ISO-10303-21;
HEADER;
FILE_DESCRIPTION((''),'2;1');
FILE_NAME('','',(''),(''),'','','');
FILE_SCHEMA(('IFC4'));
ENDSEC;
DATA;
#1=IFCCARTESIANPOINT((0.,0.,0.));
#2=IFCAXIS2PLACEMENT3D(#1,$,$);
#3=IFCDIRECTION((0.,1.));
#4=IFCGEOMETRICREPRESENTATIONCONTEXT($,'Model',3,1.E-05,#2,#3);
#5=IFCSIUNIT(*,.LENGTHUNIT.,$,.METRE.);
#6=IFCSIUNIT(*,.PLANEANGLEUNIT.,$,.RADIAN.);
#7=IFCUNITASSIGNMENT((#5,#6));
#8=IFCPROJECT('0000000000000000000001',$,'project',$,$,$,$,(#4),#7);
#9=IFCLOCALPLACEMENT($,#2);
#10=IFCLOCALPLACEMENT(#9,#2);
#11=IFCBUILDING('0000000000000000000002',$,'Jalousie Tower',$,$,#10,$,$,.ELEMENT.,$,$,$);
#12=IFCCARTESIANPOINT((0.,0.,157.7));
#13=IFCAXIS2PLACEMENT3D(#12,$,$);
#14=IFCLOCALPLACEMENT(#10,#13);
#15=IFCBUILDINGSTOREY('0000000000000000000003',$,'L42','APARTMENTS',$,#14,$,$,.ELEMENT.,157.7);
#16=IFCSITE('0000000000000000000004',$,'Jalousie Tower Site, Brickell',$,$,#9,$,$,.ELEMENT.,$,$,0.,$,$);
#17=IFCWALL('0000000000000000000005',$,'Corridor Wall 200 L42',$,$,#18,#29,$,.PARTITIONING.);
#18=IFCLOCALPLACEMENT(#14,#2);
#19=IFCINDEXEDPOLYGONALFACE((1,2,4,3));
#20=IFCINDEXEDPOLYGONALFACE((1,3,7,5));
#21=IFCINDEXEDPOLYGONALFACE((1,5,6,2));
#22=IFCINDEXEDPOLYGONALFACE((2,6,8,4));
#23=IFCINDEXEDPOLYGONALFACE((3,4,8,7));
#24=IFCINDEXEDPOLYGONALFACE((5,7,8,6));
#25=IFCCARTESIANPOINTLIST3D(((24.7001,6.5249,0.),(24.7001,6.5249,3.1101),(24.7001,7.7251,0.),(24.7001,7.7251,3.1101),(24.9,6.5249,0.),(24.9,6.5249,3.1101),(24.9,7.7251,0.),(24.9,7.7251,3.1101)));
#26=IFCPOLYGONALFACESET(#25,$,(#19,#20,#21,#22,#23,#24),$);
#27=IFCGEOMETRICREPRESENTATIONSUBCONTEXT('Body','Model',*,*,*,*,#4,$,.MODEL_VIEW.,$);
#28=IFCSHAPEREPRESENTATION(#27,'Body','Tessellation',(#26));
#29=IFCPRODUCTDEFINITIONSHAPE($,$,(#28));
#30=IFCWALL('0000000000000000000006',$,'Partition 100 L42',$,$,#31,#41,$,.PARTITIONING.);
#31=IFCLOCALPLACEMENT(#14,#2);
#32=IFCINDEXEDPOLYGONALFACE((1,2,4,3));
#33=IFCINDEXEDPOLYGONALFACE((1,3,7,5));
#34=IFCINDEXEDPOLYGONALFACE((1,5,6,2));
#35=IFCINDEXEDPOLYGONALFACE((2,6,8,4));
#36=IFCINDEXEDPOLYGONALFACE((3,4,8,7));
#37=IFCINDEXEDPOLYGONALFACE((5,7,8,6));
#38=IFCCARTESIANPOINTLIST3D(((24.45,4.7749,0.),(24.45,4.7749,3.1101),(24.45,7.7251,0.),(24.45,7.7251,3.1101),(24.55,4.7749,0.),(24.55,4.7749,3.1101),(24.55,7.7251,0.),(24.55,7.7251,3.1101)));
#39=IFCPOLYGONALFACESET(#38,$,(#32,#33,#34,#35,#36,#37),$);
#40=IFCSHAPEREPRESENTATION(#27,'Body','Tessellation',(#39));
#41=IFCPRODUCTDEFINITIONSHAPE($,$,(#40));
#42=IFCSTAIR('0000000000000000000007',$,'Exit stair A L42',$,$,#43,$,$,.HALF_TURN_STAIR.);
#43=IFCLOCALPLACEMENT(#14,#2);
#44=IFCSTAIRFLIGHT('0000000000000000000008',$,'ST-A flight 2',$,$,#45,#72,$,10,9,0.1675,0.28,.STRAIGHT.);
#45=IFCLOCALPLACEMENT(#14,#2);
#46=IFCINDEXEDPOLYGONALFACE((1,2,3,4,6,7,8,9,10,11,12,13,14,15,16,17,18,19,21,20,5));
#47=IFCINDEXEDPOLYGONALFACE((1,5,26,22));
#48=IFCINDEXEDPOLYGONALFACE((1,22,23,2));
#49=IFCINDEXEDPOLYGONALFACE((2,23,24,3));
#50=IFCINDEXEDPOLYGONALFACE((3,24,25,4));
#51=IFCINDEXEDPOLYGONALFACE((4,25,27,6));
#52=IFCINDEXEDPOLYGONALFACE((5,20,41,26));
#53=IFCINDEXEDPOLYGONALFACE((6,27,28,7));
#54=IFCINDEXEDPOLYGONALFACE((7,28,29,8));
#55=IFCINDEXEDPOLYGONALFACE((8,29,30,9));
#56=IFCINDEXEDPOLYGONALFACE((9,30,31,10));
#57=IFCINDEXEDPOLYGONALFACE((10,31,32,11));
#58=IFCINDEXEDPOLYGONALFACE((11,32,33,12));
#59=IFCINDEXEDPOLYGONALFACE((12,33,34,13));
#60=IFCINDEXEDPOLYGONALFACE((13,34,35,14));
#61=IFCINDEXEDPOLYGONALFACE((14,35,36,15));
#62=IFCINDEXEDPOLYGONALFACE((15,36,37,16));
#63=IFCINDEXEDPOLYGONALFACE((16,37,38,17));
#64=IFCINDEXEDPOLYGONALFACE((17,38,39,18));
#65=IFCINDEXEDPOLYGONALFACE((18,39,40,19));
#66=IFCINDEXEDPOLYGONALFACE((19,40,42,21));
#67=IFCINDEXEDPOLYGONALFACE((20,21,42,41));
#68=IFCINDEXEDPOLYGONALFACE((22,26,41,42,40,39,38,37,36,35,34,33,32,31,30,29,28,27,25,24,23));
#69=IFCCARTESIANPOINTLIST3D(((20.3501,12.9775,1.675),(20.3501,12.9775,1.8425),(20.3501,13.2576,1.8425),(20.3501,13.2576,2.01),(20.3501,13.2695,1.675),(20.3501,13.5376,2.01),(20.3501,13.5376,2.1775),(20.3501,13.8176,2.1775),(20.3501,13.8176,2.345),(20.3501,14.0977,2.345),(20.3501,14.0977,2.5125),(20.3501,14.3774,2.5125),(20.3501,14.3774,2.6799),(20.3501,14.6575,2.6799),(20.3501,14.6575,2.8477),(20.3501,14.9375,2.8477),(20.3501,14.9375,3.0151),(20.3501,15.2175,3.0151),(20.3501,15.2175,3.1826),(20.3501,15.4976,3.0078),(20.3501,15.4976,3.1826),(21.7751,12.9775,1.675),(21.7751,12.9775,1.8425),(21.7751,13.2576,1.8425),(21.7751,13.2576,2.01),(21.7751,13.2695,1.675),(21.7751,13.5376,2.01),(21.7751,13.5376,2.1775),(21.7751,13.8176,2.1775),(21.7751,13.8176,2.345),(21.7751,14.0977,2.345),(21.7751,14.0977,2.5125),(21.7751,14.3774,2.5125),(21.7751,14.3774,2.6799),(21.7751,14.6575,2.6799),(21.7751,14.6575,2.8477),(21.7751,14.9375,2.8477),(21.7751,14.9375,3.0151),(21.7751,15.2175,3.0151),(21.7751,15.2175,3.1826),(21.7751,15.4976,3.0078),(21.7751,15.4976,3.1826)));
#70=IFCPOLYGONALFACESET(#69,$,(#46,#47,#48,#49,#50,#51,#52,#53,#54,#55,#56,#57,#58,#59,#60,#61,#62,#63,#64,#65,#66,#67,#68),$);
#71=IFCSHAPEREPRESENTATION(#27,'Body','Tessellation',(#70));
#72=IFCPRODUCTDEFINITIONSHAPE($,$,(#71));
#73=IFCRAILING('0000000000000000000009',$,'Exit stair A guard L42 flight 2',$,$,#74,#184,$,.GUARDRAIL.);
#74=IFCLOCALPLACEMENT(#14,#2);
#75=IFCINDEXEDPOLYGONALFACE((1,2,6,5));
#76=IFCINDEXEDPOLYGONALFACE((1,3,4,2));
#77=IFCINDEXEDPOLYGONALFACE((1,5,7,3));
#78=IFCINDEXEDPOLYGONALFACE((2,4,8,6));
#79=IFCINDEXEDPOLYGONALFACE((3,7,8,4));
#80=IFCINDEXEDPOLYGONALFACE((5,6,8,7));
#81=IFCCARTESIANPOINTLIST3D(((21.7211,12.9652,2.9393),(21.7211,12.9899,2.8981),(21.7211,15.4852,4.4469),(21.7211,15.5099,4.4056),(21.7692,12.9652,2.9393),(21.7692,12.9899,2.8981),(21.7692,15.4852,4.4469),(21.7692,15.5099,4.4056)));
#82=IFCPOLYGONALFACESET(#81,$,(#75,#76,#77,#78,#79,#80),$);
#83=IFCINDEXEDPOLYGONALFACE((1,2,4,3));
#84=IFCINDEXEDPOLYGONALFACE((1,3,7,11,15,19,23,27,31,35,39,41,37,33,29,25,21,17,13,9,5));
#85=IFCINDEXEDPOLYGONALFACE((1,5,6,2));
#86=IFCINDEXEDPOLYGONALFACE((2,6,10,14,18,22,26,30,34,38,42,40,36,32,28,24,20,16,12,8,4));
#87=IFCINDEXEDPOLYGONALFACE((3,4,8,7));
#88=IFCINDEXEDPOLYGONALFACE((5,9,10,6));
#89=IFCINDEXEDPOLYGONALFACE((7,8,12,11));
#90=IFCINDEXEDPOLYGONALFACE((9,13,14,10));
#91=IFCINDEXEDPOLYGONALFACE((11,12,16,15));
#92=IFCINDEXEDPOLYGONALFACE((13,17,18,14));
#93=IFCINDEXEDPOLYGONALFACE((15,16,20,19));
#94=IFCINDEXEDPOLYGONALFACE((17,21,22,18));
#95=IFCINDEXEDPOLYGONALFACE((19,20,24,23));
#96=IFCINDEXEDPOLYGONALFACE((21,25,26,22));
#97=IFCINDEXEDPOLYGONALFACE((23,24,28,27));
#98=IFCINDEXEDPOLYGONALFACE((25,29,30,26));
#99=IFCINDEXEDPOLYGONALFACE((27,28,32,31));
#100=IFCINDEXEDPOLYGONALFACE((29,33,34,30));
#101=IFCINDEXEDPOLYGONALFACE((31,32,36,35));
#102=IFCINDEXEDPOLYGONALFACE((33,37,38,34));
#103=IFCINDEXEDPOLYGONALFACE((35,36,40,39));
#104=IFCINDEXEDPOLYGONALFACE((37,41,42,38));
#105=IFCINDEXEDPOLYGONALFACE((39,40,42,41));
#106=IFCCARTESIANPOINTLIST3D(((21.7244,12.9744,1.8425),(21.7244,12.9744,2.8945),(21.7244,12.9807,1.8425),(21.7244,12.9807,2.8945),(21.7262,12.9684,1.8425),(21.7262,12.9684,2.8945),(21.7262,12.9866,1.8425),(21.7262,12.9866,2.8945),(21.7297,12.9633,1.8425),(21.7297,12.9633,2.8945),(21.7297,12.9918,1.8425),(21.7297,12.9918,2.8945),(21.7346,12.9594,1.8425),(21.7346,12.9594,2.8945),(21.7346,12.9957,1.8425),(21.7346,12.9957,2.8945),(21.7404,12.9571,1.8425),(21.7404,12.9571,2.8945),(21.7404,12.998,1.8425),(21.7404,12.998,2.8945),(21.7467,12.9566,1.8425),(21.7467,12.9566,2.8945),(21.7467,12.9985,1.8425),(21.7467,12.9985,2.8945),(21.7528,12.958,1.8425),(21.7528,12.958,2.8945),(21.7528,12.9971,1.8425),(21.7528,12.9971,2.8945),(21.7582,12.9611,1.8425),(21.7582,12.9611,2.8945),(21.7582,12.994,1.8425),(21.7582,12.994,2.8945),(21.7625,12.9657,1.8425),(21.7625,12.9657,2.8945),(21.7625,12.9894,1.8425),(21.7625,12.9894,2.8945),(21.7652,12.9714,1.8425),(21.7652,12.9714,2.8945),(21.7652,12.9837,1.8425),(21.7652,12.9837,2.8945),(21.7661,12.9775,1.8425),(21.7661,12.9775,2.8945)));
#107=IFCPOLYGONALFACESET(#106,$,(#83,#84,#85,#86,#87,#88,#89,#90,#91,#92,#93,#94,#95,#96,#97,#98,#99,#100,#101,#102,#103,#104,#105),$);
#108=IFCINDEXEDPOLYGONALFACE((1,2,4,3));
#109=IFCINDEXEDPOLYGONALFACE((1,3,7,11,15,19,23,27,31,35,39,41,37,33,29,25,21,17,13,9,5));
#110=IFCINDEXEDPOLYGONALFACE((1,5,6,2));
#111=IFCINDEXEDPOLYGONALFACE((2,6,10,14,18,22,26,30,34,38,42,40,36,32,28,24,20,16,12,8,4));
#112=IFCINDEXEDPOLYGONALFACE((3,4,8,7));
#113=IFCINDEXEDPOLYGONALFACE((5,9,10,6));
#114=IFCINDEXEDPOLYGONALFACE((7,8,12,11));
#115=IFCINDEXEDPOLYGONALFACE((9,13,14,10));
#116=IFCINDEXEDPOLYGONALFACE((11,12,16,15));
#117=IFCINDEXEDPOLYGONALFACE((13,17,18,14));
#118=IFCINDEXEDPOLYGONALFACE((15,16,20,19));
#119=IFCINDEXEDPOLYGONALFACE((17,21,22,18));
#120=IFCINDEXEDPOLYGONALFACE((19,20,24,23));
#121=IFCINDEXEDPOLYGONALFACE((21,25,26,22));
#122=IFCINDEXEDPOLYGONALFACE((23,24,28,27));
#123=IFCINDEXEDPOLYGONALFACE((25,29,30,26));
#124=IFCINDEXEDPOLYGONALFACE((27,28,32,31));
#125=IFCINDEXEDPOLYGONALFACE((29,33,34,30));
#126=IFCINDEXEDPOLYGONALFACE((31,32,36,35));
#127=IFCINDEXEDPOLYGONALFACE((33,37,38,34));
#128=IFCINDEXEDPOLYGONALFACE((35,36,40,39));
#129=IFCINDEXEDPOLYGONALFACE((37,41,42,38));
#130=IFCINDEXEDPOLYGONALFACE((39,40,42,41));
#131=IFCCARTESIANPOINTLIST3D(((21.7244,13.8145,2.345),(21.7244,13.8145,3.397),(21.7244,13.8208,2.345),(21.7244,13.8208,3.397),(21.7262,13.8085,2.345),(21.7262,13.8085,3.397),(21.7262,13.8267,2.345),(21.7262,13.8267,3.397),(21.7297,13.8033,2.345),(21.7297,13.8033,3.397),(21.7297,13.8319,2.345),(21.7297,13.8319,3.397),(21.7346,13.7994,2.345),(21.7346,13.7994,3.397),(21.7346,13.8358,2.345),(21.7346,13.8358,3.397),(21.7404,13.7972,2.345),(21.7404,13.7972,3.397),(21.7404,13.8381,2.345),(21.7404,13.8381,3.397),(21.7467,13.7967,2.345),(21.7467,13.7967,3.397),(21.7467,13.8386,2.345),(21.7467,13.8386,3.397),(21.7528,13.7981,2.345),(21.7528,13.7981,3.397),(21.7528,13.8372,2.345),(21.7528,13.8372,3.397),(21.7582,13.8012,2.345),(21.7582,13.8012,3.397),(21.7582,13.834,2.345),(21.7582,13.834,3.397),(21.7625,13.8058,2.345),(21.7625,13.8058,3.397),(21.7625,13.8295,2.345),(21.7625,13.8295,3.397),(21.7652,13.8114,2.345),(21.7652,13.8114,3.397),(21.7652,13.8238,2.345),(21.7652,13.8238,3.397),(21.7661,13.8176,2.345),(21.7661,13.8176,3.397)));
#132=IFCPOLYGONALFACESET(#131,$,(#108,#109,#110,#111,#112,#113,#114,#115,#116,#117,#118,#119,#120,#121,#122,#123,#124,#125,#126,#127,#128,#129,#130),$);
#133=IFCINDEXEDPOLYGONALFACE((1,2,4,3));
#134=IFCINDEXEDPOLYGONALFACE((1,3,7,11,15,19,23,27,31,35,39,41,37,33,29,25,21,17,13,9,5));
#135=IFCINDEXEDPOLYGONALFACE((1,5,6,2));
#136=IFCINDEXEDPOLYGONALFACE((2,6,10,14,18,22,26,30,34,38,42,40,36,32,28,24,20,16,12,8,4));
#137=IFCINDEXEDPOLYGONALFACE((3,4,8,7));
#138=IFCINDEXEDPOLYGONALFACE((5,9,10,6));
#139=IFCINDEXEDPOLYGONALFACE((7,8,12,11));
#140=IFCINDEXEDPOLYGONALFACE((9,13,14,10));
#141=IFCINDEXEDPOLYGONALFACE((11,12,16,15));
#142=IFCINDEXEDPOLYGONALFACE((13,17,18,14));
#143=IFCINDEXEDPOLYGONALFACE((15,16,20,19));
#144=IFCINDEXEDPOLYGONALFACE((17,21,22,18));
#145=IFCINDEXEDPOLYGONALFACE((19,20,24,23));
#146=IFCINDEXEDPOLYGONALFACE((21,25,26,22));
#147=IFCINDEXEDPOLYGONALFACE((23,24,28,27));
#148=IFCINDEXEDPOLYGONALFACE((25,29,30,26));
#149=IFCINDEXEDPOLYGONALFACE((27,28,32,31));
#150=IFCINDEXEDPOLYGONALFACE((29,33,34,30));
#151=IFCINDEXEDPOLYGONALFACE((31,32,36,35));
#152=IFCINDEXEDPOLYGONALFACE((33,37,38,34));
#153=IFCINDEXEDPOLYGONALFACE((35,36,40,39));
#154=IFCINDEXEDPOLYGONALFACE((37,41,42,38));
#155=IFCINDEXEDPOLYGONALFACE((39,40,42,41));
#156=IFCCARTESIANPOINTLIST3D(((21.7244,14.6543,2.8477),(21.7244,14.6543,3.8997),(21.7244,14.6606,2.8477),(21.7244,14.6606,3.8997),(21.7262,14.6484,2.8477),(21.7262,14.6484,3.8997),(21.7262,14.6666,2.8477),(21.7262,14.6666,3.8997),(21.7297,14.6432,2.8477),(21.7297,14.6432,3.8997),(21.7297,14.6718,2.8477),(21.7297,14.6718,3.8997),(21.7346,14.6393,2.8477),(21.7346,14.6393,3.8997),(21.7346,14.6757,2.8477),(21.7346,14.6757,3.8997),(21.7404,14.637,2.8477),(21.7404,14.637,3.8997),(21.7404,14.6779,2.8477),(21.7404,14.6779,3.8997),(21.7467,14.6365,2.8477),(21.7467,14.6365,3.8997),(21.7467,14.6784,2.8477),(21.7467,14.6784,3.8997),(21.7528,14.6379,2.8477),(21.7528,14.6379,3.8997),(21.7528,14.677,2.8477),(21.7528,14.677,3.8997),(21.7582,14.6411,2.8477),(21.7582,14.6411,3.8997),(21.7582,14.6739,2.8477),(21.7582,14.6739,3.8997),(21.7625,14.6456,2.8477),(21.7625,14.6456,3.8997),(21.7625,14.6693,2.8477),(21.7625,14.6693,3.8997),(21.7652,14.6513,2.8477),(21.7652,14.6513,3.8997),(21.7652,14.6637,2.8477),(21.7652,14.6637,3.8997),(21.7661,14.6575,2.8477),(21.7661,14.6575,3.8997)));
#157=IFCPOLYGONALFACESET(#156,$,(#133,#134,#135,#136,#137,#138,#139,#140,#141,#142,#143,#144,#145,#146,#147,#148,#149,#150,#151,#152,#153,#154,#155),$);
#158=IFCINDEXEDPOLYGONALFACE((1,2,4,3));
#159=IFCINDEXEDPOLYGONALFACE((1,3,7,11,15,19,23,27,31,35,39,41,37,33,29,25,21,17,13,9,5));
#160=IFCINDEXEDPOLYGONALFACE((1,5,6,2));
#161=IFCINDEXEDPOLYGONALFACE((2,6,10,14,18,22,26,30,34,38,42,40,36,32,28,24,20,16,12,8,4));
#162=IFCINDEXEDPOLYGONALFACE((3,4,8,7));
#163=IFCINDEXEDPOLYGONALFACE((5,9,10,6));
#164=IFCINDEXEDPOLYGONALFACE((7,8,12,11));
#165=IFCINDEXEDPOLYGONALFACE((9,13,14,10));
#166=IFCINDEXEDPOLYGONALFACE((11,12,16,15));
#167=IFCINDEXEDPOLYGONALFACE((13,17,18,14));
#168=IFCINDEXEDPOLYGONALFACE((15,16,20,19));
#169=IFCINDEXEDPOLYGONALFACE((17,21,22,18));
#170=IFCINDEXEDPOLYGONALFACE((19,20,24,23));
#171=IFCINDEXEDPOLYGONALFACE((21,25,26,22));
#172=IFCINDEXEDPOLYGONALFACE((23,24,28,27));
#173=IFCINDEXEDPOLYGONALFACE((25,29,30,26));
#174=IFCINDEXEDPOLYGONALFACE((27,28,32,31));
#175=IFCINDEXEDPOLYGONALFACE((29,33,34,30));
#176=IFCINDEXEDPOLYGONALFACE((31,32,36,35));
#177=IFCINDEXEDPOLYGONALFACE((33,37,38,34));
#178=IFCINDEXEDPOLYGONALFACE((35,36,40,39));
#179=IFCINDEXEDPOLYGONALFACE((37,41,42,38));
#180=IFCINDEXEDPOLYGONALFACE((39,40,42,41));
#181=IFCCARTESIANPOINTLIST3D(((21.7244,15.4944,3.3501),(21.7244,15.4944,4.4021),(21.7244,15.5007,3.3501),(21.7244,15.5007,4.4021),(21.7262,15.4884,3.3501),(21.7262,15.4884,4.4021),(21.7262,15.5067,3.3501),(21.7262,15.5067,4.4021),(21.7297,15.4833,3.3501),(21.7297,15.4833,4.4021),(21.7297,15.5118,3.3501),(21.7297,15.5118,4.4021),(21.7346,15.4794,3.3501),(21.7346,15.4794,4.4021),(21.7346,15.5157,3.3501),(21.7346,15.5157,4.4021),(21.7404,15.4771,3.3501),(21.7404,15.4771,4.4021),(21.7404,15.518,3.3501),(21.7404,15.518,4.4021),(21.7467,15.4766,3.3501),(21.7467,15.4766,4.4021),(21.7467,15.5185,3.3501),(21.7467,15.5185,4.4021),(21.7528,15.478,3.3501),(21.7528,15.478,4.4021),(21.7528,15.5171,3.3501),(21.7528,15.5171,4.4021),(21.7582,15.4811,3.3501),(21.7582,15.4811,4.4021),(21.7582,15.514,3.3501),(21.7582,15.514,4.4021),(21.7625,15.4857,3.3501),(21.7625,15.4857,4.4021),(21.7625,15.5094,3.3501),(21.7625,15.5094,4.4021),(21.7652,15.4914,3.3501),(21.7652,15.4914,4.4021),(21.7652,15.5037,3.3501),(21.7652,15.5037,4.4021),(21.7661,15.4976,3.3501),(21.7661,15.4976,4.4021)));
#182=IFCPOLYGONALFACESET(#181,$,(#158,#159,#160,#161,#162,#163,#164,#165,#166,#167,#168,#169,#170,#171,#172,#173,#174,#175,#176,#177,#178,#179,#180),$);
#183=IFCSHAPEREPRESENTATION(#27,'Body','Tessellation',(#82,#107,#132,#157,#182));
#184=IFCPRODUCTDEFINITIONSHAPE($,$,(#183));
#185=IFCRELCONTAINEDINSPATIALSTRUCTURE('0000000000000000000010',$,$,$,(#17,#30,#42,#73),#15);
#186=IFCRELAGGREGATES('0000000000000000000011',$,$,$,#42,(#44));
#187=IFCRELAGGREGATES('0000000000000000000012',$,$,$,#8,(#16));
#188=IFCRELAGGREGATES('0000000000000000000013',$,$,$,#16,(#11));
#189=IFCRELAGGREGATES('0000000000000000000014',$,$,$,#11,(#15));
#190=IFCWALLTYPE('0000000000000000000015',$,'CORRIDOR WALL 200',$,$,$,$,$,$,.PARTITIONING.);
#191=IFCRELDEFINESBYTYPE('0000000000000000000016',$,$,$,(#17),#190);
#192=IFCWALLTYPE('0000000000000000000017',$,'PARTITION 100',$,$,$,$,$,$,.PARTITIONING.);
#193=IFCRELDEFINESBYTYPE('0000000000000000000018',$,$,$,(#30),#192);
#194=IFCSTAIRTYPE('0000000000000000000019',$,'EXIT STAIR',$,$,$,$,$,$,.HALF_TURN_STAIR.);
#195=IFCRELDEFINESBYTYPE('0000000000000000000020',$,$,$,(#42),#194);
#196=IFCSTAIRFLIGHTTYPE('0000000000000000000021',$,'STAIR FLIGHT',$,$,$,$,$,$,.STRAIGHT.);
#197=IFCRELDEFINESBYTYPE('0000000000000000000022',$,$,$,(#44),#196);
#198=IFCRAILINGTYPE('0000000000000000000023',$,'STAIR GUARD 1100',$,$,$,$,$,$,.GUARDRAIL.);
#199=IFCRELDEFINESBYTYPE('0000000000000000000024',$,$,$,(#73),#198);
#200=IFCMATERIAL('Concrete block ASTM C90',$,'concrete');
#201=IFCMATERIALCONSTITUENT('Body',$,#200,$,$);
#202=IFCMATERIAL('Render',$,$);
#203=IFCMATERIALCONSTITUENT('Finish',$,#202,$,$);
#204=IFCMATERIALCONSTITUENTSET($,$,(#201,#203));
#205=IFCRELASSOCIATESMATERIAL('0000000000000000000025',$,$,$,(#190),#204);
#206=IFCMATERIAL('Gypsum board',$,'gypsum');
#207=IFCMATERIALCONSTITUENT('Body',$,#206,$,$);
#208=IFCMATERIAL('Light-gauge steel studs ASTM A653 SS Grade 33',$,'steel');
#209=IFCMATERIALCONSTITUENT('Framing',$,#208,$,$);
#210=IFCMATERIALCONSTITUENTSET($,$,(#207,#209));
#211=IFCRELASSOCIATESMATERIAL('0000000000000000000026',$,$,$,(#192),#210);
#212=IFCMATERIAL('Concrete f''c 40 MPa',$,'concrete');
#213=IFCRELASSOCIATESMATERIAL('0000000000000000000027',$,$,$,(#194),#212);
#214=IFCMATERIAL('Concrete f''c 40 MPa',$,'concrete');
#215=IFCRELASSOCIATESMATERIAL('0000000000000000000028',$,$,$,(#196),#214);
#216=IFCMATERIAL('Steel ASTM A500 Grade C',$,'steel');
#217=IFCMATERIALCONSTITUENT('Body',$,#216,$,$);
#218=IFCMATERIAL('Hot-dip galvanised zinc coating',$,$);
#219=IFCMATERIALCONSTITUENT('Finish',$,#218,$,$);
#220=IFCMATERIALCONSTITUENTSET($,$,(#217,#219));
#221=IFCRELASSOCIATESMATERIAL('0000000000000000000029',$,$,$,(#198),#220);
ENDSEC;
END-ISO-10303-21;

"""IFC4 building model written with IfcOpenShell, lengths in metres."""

from ifc_helpers import new_model, si_unit, direction, frame, frame_2d, origin, origin_2d, place, context, subcontext, project, spatial, polyline, rectangle, circle, outline, extrude, material, constituent, constituent_set, type_object, element, aggregate, save


model = new_model("IFC4")

# Units and contexts
model_context = context("Model", 3, precision=1e-05, world=origin(), true_north=direction((0.0, 1.0)))
body_context = subcontext(model_context, "Body", "Model", "MODEL_VIEW")
ifc_project = project(units=[si_unit("LENGTHUNIT", "METRE"), si_unit("PLANEANGLEUNIT", "RADIAN")], contexts=[model_context])

# Site, building, storey
site_placement = place(None, origin())
site = spatial("IfcSite", under=ifc_project, at=site_placement, Name="Jalousie Tower Site, Brickell", CompositionType="ELEMENT", RefElevation=0.0)
building_placement = place(site_placement, origin())
building = spatial("IfcBuilding", under=site, at=building_placement, Name="Jalousie Tower", CompositionType="ELEMENT")
storey_placement = place(building_placement, frame((0.0, 0.0, 157.7)))
storey = spatial("IfcBuildingStorey", under=building, at=storey_placement, Name="L42", Description="APARTMENTS", CompositionType="ELEMENT", Elevation=157.7)

# Shared definitions
ifc_material_1 = material(Name="Concrete block ASTM C90", Category="concrete")
ifc_constituent_1 = constituent(ifc_material_1, Name="Body")
ifc_material_2 = material(Name="Render")
ifc_constituent_2 = constituent(ifc_material_2, Name="Finish")
ifc_constituent_set_1 = constituent_set(constituents=[ifc_constituent_1, ifc_constituent_2])
wall_type_1 = type_object("IfcWallType", Name="CORRIDOR WALL 200", PredefinedType="PARTITIONING", material=ifc_constituent_set_1)

# Walls
wall_1_placement = place(storey_placement, frame((24.8, 7.7251, 0.0), z_axis=(0.0, 0.0, 1.0), x_axis=(0.0, -1.0, 0.0)))
element("IfcWall", 1, at=wall_1_placement, inside=storey, type_object=wall_type_1, Name="Corridor Wall 200 L42", PredefinedType="PARTITIONING", context=body_context, shape_type="SweptSolid", body=[
    extrude(rectangle(XDim=1.2002, YDim=0.2, at=frame_2d((0.6001, 0.0))), origin(), (0.0, 0.0, 1.0), 3.1101),
])
ifc_material_3 = material(Name="Gypsum board", Category="gypsum")
ifc_constituent_3 = constituent(ifc_material_3, Name="Body")
ifc_material_4 = material(Name="Light-gauge steel studs ASTM A653 SS Grade 33", Category="steel")
ifc_constituent_4 = constituent(ifc_material_4, Name="Framing")
ifc_constituent_set_2 = constituent_set(constituents=[ifc_constituent_3, ifc_constituent_4])
wall_type_2 = type_object("IfcWallType", Name="PARTITION 100", PredefinedType="PARTITIONING", material=ifc_constituent_set_2)
wall_2_placement = place(storey_placement, frame((24.5, 4.7749, 0.0), z_axis=(0.0, 0.0, 1.0), x_axis=(0.0, 1.0, 0.0)))
element("IfcWall", 2, at=wall_2_placement, inside=storey, type_object=wall_type_2, Name="Partition 100 L42", PredefinedType="PARTITIONING", context=body_context, shape_type="SweptSolid", body=[
    extrude(rectangle(XDim=2.9502, YDim=0.1001, at=frame_2d((1.4751, 0.0))), origin(), (0.0, 0.0, 1.0), 3.1101),
])

# Stair, stair flight
ifc_material_5 = material(Name="Concrete f'c 40 MPa", Category="concrete")
stair_type = type_object("IfcStairType", Name="EXIT STAIR", PredefinedType="HALF_TURN_STAIR", material=ifc_material_5)
stair_placement = place(storey_placement, origin())
stair = element("IfcStair", 3, at=stair_placement, inside=storey, type_object=stair_type, Name="Exit stair A L42", PredefinedType="HALF_TURN_STAIR")
ifc_material_6 = material(Name="Concrete f'c 40 MPa", Category="concrete")
stair_flight_type = type_object("IfcStairFlightType", Name="STAIR FLIGHT", PredefinedType="STRAIGHT", material=ifc_material_6)
stair_flight_placement = place(storey_placement, frame((21.0625, 12.9775, 1.675), z_axis=(0.0, 0.0, 1.0), x_axis=(0.0, 1.0, 0.0)))
stair_flight = element("IfcStairFlight", 4, at=stair_flight_placement, type_object=stair_flight_type, Name="ST-A flight 2", NumberOfRisers=10, NumberOfTreads=9, PredefinedType="STRAIGHT", RiserHeight=0.1675, TreadLength=0.28, context=body_context, shape_type="SweptSolid", body=[
    extrude(outline(polyline([(0.0, 0.0), (0.0, 0.1675), (0.28, 0.1675), (0.28, 0.335), (0.5601, 0.335), (0.5601, 0.5024), (0.8401, 0.5024), (0.8401, 0.6699), (1.1201, 0.6699), (1.1201, 0.8374), (1.3999, 0.8374), (1.3999, 1.0049), (1.6799, 1.0049), (1.6799, 1.1726), (1.96, 1.1726), (1.96, 1.3401), (2.24, 1.3401), (2.24, 1.5076), (2.52, 1.5076), (2.52, 1.675), (2.52, 1.3328), (0.292, 0.0), (0.0, 0.0)])), frame((0.0, 0.7124, 0.0), z_axis=(0.0, -1.0, 0.0), x_axis=(1.0, 0.0, 0.0)), (0.0, 0.0, 1.0), 1.425),
])
aggregate(stair, [stair_flight])

# Railing
ifc_material_7 = material(Name="Steel ASTM A500 Grade C", Category="steel")
ifc_constituent_5 = constituent(ifc_material_7, Name="Body")
ifc_material_8 = material(Name="Hot-dip galvanised zinc coating")
ifc_constituent_6 = constituent(ifc_material_8, Name="Finish")
ifc_constituent_set_3 = constituent_set(constituents=[ifc_constituent_5, ifc_constituent_6])
railing_type_1 = type_object("IfcRailingType", Name="STAIR GUARD 1100", PredefinedType="GUARDRAIL", material=ifc_constituent_set_3)
railing_1_placement = place(storey_placement, frame((21.7451, 12.9775, 1.8425)))
element("IfcRailing", 5, at=railing_1_placement, inside=storey, type_object=railing_type_1, Name="Exit stair A guard L42 flight 2", PredefinedType="GUARDRAIL", context=body_context, shape_type="SweptSolid", body=[
    extrude(rectangle(XDim=0.0481, YDim=0.0481, at=origin_2d()), frame((0.0, 0.0, 1.0762), z_axis=(0.0, 0.85816, 0.513383), x_axis=(-1.0, 0.0, 0.0)), (0.0, 0.0, 1.0), 2.9365),
    extrude(circle(Radius=0.021, at=origin_2d()), origin(), (0.0, 0.0, 1.0), 1.052),
    extrude(circle(Radius=0.021, at=origin_2d()), frame((0.0, 0.8401, 0.5024)), (0.0, 0.0, 1.0), 1.052),
    extrude(circle(Radius=0.021, at=origin_2d()), frame((0.0, 1.6799, 1.0051)), (0.0, 0.0, 1.0), 1.052),
    extrude(circle(Radius=0.021, at=origin_2d()), frame((0.0, 2.52, 1.5076)), (0.0, 0.0, 1.0), 1.052),
])

save(model, "model.ifc")
